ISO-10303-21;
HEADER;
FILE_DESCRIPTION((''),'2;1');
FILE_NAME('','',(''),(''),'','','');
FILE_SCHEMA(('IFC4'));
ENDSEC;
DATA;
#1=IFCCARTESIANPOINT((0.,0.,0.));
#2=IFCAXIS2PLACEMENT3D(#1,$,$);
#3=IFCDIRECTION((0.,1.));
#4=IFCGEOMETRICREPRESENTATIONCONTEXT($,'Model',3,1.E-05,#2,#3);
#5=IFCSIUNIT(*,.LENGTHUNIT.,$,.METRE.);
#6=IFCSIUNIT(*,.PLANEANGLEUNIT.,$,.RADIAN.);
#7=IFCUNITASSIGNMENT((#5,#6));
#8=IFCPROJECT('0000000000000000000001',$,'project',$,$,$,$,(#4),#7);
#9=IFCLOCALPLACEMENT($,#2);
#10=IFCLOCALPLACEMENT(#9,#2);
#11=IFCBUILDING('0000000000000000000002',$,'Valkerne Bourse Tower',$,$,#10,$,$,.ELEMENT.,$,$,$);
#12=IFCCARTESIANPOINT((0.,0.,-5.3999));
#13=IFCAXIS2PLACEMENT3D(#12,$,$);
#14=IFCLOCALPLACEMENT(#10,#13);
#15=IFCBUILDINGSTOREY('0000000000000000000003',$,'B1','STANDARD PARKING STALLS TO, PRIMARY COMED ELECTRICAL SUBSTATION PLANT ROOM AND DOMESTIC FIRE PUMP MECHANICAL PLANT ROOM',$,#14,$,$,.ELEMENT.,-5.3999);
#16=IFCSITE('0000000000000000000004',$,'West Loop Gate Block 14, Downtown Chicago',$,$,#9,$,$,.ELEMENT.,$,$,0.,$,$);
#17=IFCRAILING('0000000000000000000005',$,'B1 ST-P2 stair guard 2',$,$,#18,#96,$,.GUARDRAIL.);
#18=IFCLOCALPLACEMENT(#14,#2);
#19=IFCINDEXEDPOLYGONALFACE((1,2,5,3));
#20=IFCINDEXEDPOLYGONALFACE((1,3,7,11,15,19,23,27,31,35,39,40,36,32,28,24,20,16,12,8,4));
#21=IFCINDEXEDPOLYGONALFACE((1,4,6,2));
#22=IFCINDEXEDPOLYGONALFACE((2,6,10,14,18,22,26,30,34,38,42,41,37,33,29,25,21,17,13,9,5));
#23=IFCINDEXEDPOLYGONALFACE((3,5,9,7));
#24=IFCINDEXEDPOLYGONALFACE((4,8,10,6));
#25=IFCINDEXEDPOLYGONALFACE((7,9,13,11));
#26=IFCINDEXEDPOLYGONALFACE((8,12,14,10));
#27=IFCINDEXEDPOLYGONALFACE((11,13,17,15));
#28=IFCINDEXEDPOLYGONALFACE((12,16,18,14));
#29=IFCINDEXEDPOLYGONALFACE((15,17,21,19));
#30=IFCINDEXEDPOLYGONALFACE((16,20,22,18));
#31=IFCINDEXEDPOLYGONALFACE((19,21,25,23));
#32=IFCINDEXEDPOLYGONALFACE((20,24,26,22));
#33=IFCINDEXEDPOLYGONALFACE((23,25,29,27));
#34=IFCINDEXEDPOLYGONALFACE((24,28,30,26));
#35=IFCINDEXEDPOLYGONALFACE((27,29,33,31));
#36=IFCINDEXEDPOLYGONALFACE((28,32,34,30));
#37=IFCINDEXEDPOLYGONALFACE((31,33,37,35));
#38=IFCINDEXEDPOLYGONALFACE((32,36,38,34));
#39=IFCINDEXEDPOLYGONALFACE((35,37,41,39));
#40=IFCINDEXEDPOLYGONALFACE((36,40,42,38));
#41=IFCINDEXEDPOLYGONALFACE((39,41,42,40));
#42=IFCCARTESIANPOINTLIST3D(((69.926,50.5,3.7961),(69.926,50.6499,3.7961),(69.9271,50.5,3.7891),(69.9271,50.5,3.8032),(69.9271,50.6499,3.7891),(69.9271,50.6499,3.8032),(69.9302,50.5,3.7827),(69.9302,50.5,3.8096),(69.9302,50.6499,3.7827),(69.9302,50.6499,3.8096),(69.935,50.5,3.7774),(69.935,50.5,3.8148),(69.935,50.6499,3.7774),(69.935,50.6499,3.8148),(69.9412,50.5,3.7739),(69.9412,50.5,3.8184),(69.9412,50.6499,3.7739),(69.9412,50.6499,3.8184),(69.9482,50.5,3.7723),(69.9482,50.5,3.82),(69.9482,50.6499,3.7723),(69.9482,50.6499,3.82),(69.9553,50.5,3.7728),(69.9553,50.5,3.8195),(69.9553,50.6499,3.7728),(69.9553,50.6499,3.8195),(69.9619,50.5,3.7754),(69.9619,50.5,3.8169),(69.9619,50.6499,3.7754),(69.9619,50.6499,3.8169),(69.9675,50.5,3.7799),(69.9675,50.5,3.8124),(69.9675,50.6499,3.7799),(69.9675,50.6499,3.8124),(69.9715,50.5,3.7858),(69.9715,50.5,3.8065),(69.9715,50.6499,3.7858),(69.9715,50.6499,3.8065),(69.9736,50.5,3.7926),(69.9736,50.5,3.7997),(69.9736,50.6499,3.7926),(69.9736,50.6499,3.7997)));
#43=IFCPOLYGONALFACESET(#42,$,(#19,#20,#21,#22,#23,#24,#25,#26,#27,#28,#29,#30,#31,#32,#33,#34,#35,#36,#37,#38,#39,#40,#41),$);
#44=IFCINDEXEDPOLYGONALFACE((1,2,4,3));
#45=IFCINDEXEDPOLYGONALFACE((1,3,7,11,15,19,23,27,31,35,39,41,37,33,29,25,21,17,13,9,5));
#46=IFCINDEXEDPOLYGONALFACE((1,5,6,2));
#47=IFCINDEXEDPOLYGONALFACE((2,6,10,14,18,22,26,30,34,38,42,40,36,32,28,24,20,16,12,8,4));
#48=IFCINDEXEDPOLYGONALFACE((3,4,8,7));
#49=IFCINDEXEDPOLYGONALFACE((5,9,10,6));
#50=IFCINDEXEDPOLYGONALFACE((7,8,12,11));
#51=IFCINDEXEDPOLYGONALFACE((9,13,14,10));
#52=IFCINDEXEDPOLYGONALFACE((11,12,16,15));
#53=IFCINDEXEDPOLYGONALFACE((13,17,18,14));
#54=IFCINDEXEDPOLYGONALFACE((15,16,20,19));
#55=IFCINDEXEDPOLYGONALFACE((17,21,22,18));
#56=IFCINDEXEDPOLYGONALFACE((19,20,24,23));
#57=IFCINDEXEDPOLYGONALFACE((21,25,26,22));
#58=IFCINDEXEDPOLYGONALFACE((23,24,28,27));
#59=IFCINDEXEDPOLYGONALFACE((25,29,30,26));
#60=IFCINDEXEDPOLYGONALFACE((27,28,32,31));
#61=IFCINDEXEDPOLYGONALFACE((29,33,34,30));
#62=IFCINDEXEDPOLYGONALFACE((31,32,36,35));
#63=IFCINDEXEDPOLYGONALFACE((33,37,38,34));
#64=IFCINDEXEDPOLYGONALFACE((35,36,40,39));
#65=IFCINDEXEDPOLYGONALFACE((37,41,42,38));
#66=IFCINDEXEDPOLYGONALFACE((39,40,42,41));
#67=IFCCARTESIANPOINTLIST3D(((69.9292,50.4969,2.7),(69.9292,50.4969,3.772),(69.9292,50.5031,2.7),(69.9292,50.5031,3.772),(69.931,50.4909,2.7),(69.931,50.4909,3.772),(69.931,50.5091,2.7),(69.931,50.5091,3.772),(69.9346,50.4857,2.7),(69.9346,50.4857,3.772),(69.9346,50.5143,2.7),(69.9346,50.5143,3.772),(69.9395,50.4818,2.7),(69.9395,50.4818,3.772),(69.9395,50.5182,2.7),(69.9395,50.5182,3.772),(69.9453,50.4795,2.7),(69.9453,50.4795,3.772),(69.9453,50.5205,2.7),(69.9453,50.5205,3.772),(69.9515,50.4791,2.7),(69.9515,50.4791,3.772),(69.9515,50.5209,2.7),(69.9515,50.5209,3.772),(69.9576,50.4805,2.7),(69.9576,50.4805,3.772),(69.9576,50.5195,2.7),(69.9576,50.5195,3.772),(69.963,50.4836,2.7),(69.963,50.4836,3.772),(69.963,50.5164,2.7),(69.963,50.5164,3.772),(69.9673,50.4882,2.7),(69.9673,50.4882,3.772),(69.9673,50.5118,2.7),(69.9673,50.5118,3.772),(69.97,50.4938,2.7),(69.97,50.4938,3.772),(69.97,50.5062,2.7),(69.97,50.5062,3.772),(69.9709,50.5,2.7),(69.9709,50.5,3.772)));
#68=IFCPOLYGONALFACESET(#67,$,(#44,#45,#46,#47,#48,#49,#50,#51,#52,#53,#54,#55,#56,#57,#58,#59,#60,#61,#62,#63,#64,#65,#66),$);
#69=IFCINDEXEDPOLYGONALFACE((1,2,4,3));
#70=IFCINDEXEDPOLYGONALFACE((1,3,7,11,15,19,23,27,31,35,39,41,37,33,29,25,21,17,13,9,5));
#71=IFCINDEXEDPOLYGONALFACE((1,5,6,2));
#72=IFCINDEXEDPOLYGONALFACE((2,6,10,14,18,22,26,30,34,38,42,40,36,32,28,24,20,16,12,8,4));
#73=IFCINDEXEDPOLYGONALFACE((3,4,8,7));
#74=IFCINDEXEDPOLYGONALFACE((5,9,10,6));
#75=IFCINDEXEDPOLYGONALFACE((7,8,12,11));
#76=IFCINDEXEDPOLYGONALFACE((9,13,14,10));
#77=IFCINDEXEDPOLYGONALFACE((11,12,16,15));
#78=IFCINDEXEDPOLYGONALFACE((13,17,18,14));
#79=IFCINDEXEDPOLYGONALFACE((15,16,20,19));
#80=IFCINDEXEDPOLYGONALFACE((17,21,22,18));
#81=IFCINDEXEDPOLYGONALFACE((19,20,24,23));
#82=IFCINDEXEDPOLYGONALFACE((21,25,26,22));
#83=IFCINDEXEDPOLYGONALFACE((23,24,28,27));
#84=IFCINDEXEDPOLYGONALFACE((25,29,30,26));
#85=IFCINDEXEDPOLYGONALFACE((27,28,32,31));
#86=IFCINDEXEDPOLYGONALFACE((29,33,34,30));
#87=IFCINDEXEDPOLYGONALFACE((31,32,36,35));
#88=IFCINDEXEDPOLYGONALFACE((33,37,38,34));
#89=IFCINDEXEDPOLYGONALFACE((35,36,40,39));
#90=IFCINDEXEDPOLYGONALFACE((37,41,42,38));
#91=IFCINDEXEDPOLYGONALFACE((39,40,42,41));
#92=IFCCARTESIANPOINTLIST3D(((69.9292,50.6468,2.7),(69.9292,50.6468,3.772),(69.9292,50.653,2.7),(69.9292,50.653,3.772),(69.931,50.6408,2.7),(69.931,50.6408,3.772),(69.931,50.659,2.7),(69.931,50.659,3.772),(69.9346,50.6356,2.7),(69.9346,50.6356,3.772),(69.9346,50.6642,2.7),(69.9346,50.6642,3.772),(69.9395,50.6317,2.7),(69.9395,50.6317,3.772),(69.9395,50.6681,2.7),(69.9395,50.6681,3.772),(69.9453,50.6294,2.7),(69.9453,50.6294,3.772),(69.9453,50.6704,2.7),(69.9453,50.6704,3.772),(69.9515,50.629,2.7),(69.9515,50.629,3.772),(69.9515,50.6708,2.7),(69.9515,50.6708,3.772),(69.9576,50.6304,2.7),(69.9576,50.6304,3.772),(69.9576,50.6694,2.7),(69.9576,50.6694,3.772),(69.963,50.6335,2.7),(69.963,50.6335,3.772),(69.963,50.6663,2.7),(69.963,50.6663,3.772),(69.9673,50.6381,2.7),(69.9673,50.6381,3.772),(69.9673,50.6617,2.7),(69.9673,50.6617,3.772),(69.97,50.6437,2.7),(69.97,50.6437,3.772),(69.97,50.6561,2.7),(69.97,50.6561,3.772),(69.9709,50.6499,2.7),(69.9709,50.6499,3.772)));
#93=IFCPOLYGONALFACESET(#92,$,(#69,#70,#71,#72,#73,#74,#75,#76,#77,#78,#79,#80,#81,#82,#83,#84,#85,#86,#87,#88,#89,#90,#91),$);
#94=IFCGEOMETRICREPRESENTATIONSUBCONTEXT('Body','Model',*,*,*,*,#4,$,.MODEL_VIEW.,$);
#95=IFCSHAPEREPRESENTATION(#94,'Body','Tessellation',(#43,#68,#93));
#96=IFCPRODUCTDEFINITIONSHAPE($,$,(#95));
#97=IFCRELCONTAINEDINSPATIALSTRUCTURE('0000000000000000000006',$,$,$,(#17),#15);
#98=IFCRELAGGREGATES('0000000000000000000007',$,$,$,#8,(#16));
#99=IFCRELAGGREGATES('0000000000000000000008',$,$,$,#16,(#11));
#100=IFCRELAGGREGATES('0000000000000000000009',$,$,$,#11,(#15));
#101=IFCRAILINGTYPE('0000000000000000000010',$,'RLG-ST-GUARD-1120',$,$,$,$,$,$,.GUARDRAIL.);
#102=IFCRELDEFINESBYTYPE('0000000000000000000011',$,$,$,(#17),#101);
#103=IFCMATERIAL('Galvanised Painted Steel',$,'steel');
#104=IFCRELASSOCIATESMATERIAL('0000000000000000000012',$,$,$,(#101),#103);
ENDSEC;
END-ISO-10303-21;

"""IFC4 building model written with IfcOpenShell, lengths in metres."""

from ifc_helpers import new_model, si_unit, direction, frame, origin, origin_2d, place, context, subcontext, project, spatial, circle, extrude, material, type_object, element, save


model = new_model("IFC4")

# Units and contexts
model_context = context("Model", 3, precision=1e-05, world=origin(), true_north=direction((0.0, 1.0)))
body_context = subcontext(model_context, "Body", "Model", "MODEL_VIEW")
ifc_project = project(units=[si_unit("LENGTHUNIT", "METRE"), si_unit("PLANEANGLEUNIT", "RADIAN")], contexts=[model_context])

# Site, building, storey
site_placement = place(None, origin())
site = spatial("IfcSite", under=ifc_project, at=site_placement, Name="West Loop Gate Block 14, Downtown Chicago", CompositionType="ELEMENT", RefElevation=0.0)
building_placement = place(site_placement, origin())
building = spatial("IfcBuilding", under=site, at=building_placement, Name="Valkerne Bourse Tower", CompositionType="ELEMENT")
storey_placement = place(building_placement, frame((0.0, 0.0, -5.3999)))
storey = spatial("IfcBuildingStorey", under=building, at=storey_placement, Name="B1", Description="STANDARD PARKING STALLS TO, PRIMARY COMED ELECTRICAL SUBSTATION PLANT ROOM AND DOMESTIC FIRE PUMP MECHANICAL PLANT ROOM", CompositionType="ELEMENT", Elevation=-5.3999)

# Shared definitions
ifc_material_1 = material(Name="Galvanised Painted Steel", Category="steel")

# Railing
railing_type_1 = type_object("IfcRailingType", Name="RLG-ST-GUARD-1120", PredefinedType="GUARDRAIL", material=ifc_material_1)
railing_1_placement = place(storey_placement, frame((69.95, 50.5, 2.7)))
element("IfcRailing", 1, at=railing_1_placement, inside=storey, type_object=railing_type_1, Name="B1 ST-P2 stair guard 2", PredefinedType="GUARDRAIL", context=body_context, shape_type="SweptSolid", body=[
    extrude(circle(Radius=0.0239, at=origin_2d()), frame((0.0, 0.0, 1.0962), z_axis=(0.0, 1.0, 0.0), x_axis=(-1.0, 0.0, 0.0)), (0.0, 0.0, 1.0), 0.1499),
    extrude(circle(Radius=0.021, at=origin_2d()), origin(), (0.0, 0.0, 1.0), 1.072),
    extrude(circle(Radius=0.021, at=origin_2d()), frame((0.0, 0.1499, 0.0)), (0.0, 0.0, 1.0), 1.072),
])

save(model, "model.ifc")
